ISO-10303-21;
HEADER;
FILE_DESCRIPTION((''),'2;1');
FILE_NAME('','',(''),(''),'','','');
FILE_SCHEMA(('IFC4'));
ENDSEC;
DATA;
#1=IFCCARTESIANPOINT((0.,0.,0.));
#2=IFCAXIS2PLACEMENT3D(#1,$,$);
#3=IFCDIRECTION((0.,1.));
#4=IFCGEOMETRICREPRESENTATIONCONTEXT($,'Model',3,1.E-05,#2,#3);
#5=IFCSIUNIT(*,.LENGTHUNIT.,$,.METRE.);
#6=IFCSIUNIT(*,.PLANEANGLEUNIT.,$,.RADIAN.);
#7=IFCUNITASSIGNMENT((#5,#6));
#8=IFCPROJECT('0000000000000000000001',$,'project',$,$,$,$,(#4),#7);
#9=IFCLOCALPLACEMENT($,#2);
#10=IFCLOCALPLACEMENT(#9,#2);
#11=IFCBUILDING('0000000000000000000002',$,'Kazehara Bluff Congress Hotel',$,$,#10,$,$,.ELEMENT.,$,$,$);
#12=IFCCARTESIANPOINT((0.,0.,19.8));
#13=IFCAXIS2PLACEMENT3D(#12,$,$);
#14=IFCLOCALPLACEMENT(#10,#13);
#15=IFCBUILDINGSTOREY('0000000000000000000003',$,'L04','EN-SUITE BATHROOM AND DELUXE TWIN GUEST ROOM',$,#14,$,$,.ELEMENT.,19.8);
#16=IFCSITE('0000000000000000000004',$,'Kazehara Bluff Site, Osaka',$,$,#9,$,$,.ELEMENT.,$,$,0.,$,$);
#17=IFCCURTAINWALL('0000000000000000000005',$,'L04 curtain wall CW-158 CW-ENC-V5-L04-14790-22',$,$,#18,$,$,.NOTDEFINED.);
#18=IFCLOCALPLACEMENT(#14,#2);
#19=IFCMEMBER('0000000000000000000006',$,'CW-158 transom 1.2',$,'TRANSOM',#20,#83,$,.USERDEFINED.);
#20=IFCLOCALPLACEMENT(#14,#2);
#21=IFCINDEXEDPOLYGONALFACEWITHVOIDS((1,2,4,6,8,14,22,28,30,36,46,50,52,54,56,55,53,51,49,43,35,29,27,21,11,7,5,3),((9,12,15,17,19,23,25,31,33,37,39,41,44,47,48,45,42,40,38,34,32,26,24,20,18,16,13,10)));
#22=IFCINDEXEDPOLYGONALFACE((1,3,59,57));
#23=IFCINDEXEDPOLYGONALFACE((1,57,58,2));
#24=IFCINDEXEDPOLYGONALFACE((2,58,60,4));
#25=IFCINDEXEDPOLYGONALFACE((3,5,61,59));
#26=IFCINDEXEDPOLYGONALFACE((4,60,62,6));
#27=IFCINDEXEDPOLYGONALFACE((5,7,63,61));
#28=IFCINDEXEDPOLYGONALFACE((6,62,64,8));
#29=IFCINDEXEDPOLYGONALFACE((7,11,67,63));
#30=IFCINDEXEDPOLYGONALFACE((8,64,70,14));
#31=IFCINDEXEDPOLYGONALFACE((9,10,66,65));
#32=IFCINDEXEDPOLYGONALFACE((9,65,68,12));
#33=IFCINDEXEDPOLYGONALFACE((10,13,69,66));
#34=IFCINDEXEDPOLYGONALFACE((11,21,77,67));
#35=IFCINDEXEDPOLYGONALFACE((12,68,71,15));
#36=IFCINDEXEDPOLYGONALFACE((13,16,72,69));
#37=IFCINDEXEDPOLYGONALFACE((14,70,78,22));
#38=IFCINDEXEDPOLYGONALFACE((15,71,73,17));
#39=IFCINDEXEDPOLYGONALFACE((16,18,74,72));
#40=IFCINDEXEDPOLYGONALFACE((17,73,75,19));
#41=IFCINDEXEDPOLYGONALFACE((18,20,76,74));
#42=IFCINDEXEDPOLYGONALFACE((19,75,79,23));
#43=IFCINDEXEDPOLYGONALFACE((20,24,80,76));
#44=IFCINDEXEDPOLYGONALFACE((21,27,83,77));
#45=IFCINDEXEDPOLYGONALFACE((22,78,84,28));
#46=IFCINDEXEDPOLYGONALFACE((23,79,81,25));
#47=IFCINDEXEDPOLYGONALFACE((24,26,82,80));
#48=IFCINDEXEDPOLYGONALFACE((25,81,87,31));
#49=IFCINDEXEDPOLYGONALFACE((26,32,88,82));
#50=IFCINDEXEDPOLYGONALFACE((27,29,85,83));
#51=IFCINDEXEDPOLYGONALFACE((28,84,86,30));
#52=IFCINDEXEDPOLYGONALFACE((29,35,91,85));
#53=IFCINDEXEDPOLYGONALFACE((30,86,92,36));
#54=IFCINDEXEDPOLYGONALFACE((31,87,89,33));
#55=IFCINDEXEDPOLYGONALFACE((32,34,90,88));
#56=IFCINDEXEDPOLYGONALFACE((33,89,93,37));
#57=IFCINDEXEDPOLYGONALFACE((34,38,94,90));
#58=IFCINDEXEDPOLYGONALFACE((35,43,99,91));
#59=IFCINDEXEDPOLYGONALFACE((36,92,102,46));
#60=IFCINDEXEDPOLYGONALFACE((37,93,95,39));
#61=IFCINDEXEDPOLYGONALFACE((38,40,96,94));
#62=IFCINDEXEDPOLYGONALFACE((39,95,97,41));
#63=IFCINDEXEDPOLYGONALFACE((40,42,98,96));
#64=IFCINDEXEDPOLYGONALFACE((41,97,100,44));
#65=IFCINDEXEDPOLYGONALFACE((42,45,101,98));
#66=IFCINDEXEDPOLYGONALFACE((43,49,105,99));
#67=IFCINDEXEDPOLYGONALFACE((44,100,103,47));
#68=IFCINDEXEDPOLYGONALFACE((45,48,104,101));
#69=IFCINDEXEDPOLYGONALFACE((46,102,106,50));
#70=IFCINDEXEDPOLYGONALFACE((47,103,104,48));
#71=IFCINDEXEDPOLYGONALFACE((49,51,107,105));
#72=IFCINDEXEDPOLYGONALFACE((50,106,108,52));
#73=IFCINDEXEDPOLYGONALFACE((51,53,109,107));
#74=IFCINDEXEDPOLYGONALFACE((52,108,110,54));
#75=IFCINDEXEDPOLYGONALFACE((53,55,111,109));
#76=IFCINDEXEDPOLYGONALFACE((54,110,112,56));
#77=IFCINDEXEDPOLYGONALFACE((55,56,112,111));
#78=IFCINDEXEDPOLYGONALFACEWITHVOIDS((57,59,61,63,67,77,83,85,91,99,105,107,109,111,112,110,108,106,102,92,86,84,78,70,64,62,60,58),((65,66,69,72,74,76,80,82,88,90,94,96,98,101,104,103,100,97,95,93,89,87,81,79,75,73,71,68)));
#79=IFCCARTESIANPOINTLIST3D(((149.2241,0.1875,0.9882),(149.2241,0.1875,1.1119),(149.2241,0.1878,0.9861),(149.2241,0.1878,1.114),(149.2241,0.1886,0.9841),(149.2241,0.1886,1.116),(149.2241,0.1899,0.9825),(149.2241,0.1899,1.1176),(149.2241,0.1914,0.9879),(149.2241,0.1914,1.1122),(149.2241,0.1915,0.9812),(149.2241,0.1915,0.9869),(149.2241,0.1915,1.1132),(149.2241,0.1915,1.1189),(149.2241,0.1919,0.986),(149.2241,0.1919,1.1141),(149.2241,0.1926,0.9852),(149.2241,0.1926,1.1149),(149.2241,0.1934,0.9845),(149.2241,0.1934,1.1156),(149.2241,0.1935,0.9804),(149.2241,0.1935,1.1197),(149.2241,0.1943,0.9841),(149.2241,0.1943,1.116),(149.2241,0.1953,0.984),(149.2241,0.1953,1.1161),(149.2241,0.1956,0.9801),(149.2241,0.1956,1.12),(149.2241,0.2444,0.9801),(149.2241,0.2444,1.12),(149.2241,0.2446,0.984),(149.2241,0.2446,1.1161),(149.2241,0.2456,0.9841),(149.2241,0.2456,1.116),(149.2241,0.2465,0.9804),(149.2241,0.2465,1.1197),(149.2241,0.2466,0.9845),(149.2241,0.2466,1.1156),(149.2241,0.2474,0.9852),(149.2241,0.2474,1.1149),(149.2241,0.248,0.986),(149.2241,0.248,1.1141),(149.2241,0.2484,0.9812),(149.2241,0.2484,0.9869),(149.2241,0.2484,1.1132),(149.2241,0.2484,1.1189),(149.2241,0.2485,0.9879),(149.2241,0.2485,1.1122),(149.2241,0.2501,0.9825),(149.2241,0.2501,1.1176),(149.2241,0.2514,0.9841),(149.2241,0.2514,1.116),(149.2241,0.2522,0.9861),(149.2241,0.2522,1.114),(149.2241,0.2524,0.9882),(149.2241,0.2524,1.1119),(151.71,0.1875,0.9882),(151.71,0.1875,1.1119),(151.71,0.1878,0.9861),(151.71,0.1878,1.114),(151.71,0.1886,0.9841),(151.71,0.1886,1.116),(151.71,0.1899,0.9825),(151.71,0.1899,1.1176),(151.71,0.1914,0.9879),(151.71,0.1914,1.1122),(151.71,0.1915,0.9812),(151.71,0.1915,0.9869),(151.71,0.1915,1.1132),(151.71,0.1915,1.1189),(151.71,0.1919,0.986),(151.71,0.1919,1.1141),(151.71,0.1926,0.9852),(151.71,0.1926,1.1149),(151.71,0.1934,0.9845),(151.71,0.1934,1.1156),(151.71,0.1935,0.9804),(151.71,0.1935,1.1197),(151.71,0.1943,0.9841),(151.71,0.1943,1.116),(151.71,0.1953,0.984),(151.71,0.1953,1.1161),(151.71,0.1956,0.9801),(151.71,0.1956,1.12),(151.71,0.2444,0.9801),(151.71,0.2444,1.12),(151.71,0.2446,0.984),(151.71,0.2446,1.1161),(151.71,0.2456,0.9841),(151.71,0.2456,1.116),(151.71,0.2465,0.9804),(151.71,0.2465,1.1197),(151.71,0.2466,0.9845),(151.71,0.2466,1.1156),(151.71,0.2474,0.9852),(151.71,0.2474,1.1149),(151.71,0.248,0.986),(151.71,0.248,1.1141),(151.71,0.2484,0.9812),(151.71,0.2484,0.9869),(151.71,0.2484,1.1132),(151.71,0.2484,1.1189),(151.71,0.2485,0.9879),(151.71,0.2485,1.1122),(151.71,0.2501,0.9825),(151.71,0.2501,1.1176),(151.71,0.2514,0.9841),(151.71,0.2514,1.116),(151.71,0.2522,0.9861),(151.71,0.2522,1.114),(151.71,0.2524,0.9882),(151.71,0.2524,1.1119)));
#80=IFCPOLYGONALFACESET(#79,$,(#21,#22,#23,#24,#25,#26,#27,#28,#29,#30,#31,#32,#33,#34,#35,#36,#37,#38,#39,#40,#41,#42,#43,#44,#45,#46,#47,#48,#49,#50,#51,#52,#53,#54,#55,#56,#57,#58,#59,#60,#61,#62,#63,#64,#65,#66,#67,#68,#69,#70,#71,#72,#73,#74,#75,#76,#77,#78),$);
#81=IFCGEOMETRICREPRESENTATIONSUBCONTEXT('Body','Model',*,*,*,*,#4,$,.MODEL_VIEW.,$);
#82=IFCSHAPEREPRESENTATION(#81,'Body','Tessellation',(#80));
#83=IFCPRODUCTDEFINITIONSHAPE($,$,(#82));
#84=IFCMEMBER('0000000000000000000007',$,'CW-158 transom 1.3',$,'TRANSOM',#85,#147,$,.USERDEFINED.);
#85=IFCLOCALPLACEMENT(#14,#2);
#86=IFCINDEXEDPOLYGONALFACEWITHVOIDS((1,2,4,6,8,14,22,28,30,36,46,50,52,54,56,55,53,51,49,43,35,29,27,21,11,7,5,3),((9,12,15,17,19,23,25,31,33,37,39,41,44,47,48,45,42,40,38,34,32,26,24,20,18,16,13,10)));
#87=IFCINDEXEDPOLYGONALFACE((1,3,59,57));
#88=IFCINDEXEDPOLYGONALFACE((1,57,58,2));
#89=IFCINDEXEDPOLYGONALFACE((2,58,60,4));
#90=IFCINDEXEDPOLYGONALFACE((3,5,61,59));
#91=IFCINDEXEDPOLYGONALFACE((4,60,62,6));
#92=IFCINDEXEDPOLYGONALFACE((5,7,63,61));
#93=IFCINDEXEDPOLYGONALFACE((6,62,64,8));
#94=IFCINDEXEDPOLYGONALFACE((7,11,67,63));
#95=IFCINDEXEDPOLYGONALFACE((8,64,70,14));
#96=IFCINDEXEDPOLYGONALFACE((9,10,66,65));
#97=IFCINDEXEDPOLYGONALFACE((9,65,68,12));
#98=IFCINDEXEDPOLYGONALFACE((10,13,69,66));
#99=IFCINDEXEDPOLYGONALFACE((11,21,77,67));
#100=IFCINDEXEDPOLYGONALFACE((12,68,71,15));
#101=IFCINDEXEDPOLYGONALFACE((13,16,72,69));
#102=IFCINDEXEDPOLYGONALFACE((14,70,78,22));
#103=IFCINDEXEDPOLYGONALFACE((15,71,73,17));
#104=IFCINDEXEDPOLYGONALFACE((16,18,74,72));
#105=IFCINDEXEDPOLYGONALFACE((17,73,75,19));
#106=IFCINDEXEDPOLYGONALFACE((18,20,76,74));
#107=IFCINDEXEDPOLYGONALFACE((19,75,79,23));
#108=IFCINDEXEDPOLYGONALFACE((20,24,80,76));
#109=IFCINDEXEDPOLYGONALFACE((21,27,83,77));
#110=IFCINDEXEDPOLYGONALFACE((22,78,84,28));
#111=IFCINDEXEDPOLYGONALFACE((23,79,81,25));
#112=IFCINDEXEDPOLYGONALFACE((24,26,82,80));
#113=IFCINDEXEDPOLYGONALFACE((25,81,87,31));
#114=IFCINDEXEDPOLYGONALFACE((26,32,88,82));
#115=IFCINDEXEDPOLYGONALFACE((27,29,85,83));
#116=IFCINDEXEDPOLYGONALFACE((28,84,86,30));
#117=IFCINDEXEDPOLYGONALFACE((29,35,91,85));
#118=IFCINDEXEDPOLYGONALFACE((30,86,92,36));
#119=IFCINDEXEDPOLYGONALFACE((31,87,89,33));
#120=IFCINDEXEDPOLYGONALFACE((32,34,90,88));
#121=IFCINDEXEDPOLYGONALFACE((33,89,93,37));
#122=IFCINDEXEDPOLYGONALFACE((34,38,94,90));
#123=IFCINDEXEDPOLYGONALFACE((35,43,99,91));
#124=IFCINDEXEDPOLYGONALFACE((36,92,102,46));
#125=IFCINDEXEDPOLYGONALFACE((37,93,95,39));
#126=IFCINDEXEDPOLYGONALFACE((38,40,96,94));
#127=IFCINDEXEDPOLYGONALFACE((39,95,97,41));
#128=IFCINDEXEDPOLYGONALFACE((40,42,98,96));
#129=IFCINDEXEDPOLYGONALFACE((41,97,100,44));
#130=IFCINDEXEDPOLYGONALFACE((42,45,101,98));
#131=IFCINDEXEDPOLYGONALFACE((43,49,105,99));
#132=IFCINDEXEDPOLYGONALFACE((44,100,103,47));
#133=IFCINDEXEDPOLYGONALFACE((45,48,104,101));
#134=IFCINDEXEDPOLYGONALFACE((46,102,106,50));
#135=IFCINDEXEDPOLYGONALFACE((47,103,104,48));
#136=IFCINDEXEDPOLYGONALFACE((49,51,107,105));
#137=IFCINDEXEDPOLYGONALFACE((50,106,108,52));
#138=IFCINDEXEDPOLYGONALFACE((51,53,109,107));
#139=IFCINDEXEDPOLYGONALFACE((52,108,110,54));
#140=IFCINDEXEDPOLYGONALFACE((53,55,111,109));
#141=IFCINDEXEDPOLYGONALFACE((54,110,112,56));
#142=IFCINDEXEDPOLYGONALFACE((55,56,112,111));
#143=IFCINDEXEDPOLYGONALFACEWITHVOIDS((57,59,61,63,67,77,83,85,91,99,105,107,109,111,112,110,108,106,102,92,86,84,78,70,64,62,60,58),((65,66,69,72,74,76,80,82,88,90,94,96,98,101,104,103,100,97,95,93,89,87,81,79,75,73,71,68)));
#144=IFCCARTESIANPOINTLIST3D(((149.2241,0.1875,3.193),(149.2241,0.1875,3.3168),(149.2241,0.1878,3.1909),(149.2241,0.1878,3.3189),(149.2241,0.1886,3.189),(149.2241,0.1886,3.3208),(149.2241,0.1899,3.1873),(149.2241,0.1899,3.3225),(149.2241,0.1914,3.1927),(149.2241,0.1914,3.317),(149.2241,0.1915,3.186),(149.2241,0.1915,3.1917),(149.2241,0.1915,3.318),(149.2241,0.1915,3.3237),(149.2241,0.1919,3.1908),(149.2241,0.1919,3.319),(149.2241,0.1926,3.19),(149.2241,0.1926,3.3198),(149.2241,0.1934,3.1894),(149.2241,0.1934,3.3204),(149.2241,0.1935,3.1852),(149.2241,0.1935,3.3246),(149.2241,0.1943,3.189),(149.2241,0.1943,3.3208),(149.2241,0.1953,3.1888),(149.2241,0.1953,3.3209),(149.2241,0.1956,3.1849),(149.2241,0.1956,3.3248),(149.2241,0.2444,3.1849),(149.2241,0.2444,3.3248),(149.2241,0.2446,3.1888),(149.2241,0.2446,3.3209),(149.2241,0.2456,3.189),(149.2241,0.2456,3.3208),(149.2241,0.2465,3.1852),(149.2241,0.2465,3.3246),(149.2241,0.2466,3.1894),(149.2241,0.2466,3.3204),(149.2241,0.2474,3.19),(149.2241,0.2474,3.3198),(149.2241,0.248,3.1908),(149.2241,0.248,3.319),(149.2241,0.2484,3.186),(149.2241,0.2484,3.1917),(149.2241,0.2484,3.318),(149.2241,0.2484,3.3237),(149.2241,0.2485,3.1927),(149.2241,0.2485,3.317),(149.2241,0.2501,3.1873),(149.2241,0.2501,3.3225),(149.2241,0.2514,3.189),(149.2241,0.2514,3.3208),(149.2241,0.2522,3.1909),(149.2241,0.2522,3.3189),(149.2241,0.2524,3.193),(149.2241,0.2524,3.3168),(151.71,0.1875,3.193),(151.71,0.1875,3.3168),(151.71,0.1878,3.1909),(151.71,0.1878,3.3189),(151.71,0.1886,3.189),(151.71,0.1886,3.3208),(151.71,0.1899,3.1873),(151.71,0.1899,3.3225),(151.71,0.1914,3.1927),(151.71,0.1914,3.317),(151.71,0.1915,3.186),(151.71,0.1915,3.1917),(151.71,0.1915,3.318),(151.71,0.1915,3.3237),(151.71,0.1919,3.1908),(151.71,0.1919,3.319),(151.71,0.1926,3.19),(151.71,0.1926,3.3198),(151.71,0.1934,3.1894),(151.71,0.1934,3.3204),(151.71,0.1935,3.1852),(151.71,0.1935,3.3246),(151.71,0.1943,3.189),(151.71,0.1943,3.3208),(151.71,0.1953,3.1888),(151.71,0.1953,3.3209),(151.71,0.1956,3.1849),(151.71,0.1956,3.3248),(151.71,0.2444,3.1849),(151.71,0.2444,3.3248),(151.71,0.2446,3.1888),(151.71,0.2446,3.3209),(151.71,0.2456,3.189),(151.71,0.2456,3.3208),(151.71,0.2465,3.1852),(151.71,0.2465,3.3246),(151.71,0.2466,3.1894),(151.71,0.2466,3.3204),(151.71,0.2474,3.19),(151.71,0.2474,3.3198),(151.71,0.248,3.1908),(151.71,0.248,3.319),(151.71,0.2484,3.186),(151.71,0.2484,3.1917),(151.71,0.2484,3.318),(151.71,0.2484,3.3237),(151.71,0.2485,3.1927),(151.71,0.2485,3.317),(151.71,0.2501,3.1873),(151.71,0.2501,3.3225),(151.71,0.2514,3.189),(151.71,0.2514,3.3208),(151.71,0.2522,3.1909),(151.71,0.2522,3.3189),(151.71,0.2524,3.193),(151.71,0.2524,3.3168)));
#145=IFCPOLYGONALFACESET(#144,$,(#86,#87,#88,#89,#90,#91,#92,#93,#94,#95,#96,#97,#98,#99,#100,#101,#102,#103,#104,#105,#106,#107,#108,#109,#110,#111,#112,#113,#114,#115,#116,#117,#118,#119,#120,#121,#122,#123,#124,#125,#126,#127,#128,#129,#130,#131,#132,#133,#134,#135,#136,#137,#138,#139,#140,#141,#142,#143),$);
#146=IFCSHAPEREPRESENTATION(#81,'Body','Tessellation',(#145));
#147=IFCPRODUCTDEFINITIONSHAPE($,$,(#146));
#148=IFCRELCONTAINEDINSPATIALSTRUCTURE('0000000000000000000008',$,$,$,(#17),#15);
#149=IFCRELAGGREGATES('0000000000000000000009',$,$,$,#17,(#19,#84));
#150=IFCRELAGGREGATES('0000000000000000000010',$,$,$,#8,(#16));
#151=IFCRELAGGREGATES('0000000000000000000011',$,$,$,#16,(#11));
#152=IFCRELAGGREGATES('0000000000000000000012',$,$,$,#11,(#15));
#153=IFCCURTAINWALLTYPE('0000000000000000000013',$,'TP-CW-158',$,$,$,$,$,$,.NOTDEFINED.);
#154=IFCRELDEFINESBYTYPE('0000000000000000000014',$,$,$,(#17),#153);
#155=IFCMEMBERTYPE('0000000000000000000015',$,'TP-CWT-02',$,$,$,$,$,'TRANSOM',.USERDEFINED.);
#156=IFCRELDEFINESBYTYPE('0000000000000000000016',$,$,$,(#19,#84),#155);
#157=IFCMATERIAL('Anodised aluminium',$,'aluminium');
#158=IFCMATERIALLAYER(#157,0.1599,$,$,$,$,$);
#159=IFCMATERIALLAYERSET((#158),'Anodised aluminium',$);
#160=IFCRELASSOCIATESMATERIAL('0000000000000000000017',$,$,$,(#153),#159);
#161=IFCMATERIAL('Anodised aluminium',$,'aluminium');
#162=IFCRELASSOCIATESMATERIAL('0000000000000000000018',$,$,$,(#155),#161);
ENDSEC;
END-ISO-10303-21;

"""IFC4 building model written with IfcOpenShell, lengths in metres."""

from ifc_helpers import new_model, si_unit, direction, frame, origin, origin_2d, place, context, subcontext, project, spatial, hollow_rectangle, extrude, material, layer, layer_set, material_profile, profile_set, type_object, element, aggregate, save


model = new_model("IFC4")

# Units and contexts
model_context = context("Model", 3, precision=1e-05, world=origin(), true_north=direction((0.0, 1.0)))
body_context = subcontext(model_context, "Body", "Model", "MODEL_VIEW")
ifc_project = project(units=[si_unit("LENGTHUNIT", "METRE"), si_unit("PLANEANGLEUNIT", "RADIAN")], contexts=[model_context])

# Site, building, storey
site_placement = place(None, origin())
site = spatial("IfcSite", under=ifc_project, at=site_placement, Name="Kazehara Bluff Site, Osaka", CompositionType="ELEMENT", RefElevation=0.0)
building_placement = place(site_placement, origin())
building = spatial("IfcBuilding", under=site, at=building_placement, Name="Kazehara Bluff Congress Hotel", CompositionType="ELEMENT")
storey_placement = place(building_placement, frame((0.0, 0.0, 19.8)))
storey = spatial("IfcBuildingStorey", under=building, at=storey_placement, Name="L04", Description="EN-SUITE BATHROOM AND DELUXE TWIN GUEST ROOM", CompositionType="ELEMENT", Elevation=19.8)

# Curtain wall
ifc_material_1 = material(Name="Anodised aluminium", Category="aluminium")
ifc_layer_1 = layer(ifc_material_1, 0.1599)
ifc_layer_set_1 = layer_set([ifc_layer_1], Name="Anodised aluminium")
curtain_wall_type = type_object("IfcCurtainWallType", Name="TP-CW-158", PredefinedType="NOTDEFINED", material=ifc_layer_set_1)
curtain_wall_1_placement = place(storey_placement, origin())
curtain_wall_1 = element("IfcCurtainWall", 1, at=curtain_wall_1_placement, inside=storey, type_object=curtain_wall_type, Name="L04 curtain wall CW-158 CW-ENC-V5-L04-14790-22", PredefinedType="NOTDEFINED")

# Members
ifc_material_2 = material(Name="Anodised aluminium", Category="aluminium")
ifc_material_profile_1 = material_profile(ifc_material_2, hollow_rectangle(XDim=0.0649, YDim=0.1399, WallThickness=0.0039, InnerFilletRadius=0.0039, OuterFilletRadius=0.0081, at=origin_2d()))
ifc_profile_set_1 = profile_set([ifc_material_profile_1], Name="Anodised aluminium")
member_type_1 = type_object("IfcMemberType", Name="TP-CWT-02", ElementType="TRANSOM", PredefinedType="USERDEFINED", material=ifc_profile_set_1)
member_1_placement = place(storey_placement, frame((151.71, 0.22, 1.05), z_axis=(-1.0, 0.0, 0.0), x_axis=(0.0, -1.0, 0.0)))
member_1 = element("IfcMember", 2, at=member_1_placement, type_object=member_type_1, Name="CW-158 transom 1.2", ObjectType="TRANSOM", PredefinedType="USERDEFINED", context=body_context, shape_type="SweptSolid", body=[
    extrude(hollow_rectangle(XDim=0.0649, YDim=0.1399, WallThickness=0.0039, InnerFilletRadius=0.0039, OuterFilletRadius=0.0081, at=origin_2d()), origin(), (0.0, 0.0, 1.0), 2.4858),
])
member_2_placement = place(storey_placement, frame((151.71, 0.22, 3.2549), z_axis=(-1.0, 0.0, 0.0), x_axis=(0.0, -1.0, 0.0)))
member_2 = element("IfcMember", 3, at=member_2_placement, type_object=member_type_1, Name="CW-158 transom 1.3", ObjectType="TRANSOM", PredefinedType="USERDEFINED", context=body_context, shape_type="SweptSolid", body=[
    extrude(hollow_rectangle(XDim=0.0649, YDim=0.1399, WallThickness=0.0039, InnerFilletRadius=0.0039, OuterFilletRadius=0.0081, at=origin_2d()), origin(), (0.0, 0.0, 1.0), 2.4858),
])

aggregate(curtain_wall_1, [member_1, member_2])

save(model, "model.ifc")
